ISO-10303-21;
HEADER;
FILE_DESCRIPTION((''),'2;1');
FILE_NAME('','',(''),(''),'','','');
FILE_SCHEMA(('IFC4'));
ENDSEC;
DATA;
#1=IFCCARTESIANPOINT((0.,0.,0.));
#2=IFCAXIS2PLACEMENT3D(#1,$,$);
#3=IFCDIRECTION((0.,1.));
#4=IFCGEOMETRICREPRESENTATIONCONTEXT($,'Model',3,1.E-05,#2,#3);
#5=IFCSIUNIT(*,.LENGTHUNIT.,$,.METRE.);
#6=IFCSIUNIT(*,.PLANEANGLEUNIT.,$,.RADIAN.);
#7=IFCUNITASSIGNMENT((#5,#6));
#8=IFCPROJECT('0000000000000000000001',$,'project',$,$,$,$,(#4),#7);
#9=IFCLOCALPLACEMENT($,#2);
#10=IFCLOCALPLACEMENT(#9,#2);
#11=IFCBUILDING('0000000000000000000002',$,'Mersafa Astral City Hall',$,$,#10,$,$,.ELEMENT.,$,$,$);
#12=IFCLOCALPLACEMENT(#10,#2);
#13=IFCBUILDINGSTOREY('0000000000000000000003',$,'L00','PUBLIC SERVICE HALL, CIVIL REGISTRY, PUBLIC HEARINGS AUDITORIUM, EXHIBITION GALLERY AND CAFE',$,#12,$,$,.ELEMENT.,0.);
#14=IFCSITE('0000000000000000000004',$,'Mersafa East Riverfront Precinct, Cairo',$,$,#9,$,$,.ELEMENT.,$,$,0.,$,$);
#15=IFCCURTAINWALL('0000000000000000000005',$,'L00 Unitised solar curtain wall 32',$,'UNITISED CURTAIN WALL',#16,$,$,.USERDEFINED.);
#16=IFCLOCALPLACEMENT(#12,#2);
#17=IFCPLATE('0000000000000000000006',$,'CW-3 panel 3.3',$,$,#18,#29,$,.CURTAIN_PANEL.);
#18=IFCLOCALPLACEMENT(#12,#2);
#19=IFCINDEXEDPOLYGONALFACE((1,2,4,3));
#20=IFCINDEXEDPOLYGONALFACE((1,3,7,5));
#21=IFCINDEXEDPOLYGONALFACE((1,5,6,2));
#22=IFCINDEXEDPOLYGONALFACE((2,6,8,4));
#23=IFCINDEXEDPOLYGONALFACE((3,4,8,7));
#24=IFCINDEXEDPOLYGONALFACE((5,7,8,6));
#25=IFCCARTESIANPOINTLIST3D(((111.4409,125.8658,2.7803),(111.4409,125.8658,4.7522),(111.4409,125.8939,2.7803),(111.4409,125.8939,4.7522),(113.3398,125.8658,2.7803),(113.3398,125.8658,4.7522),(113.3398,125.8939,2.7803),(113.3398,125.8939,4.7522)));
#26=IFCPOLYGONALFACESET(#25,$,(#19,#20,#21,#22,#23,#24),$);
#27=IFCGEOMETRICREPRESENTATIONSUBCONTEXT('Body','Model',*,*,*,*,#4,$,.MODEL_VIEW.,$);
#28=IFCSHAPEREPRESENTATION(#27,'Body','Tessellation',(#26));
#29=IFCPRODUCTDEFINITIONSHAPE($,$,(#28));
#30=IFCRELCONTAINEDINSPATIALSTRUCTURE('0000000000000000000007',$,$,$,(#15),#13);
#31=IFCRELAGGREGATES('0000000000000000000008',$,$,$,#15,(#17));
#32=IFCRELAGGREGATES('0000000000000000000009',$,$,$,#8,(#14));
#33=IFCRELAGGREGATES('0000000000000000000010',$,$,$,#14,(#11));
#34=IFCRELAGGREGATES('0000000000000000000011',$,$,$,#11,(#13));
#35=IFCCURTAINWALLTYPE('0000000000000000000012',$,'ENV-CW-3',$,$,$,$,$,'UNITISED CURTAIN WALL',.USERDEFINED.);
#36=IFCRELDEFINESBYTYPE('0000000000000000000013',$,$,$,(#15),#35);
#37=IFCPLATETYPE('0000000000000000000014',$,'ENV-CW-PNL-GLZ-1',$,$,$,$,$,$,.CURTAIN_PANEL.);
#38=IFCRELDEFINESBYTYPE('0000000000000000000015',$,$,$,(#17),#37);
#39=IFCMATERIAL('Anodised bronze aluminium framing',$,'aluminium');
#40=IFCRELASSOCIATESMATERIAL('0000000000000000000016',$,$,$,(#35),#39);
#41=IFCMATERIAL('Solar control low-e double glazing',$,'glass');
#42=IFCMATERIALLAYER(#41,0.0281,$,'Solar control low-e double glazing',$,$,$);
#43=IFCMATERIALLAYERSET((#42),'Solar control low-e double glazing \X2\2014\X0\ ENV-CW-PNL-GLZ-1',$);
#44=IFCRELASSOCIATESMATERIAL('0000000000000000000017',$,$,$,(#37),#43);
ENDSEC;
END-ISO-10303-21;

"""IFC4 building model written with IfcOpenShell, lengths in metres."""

from ifc_helpers import new_model, si_unit, direction, frame, origin, origin_2d, place, context, subcontext, project, spatial, rectangle, extrude, material, layer, layer_set, type_object, element, aggregate, save


model = new_model("IFC4")

# Units and contexts
model_context = context("Model", 3, precision=1e-05, world=origin(), true_north=direction((0.0, 1.0)))
body_context = subcontext(model_context, "Body", "Model", "MODEL_VIEW")
ifc_project = project(units=[si_unit("LENGTHUNIT", "METRE"), si_unit("PLANEANGLEUNIT", "RADIAN")], contexts=[model_context])

# Site, building, storey
site_placement = place(None, origin())
site = spatial("IfcSite", under=ifc_project, at=site_placement, Name="Mersafa East Riverfront Precinct, Cairo", CompositionType="ELEMENT", RefElevation=0.0)
building_placement = place(site_placement, origin())
building = spatial("IfcBuilding", under=site, at=building_placement, Name="Mersafa Astral City Hall", CompositionType="ELEMENT")
storey_placement = place(building_placement, origin())
storey = spatial("IfcBuildingStorey", under=building, at=storey_placement, Name="L00", Description="PUBLIC SERVICE HALL, CIVIL REGISTRY, PUBLIC HEARINGS AUDITORIUM, EXHIBITION GALLERY AND CAFE", CompositionType="ELEMENT", Elevation=0.0)

# Curtain wall, plate
ifc_material_1 = material(Name="Anodised bronze aluminium framing", Category="aluminium")
curtain_wall_type = type_object("IfcCurtainWallType", Name="ENV-CW-3", ElementType="UNITISED CURTAIN WALL", PredefinedType="USERDEFINED", material=ifc_material_1)
curtain_wall_placement = place(storey_placement, origin())
curtain_wall = element("IfcCurtainWall", 1, at=curtain_wall_placement, inside=storey, type_object=curtain_wall_type, Name="L00 Unitised solar curtain wall 32", ObjectType="UNITISED CURTAIN WALL", PredefinedType="USERDEFINED")
ifc_material_2 = material(Name="Solar control low-e double glazing", Category="glass")
ifc_layer = layer(ifc_material_2, 0.0281, Name="Solar control low-e double glazing")
ifc_layer_set = layer_set([ifc_layer], Name="Solar control low-e double glazing — ENV-CW-PNL-GLZ-1")
plate_type = type_object("IfcPlateType", Name="ENV-CW-PNL-GLZ-1", PredefinedType="CURTAIN_PANEL", material=ifc_layer_set)
plate_1_placement = place(storey_placement, frame((112.3904, 125.8799, 2.7803), z_axis=(0.0, 0.0, 1.0), x_axis=(-1.0, 0.0, 0.0)))
plate_1 = element("IfcPlate", 2, at=plate_1_placement, type_object=plate_type, Name="CW-3 panel 3.3", PredefinedType="CURTAIN_PANEL", context=body_context, shape_type="SweptSolid", body=[
    extrude(rectangle(XDim=1.8989, YDim=0.0281, at=origin_2d()), origin(), (0.0, 0.0, 1.0), 1.9719),
])
aggregate(curtain_wall, [plate_1])

save(model, "model.ifc")
